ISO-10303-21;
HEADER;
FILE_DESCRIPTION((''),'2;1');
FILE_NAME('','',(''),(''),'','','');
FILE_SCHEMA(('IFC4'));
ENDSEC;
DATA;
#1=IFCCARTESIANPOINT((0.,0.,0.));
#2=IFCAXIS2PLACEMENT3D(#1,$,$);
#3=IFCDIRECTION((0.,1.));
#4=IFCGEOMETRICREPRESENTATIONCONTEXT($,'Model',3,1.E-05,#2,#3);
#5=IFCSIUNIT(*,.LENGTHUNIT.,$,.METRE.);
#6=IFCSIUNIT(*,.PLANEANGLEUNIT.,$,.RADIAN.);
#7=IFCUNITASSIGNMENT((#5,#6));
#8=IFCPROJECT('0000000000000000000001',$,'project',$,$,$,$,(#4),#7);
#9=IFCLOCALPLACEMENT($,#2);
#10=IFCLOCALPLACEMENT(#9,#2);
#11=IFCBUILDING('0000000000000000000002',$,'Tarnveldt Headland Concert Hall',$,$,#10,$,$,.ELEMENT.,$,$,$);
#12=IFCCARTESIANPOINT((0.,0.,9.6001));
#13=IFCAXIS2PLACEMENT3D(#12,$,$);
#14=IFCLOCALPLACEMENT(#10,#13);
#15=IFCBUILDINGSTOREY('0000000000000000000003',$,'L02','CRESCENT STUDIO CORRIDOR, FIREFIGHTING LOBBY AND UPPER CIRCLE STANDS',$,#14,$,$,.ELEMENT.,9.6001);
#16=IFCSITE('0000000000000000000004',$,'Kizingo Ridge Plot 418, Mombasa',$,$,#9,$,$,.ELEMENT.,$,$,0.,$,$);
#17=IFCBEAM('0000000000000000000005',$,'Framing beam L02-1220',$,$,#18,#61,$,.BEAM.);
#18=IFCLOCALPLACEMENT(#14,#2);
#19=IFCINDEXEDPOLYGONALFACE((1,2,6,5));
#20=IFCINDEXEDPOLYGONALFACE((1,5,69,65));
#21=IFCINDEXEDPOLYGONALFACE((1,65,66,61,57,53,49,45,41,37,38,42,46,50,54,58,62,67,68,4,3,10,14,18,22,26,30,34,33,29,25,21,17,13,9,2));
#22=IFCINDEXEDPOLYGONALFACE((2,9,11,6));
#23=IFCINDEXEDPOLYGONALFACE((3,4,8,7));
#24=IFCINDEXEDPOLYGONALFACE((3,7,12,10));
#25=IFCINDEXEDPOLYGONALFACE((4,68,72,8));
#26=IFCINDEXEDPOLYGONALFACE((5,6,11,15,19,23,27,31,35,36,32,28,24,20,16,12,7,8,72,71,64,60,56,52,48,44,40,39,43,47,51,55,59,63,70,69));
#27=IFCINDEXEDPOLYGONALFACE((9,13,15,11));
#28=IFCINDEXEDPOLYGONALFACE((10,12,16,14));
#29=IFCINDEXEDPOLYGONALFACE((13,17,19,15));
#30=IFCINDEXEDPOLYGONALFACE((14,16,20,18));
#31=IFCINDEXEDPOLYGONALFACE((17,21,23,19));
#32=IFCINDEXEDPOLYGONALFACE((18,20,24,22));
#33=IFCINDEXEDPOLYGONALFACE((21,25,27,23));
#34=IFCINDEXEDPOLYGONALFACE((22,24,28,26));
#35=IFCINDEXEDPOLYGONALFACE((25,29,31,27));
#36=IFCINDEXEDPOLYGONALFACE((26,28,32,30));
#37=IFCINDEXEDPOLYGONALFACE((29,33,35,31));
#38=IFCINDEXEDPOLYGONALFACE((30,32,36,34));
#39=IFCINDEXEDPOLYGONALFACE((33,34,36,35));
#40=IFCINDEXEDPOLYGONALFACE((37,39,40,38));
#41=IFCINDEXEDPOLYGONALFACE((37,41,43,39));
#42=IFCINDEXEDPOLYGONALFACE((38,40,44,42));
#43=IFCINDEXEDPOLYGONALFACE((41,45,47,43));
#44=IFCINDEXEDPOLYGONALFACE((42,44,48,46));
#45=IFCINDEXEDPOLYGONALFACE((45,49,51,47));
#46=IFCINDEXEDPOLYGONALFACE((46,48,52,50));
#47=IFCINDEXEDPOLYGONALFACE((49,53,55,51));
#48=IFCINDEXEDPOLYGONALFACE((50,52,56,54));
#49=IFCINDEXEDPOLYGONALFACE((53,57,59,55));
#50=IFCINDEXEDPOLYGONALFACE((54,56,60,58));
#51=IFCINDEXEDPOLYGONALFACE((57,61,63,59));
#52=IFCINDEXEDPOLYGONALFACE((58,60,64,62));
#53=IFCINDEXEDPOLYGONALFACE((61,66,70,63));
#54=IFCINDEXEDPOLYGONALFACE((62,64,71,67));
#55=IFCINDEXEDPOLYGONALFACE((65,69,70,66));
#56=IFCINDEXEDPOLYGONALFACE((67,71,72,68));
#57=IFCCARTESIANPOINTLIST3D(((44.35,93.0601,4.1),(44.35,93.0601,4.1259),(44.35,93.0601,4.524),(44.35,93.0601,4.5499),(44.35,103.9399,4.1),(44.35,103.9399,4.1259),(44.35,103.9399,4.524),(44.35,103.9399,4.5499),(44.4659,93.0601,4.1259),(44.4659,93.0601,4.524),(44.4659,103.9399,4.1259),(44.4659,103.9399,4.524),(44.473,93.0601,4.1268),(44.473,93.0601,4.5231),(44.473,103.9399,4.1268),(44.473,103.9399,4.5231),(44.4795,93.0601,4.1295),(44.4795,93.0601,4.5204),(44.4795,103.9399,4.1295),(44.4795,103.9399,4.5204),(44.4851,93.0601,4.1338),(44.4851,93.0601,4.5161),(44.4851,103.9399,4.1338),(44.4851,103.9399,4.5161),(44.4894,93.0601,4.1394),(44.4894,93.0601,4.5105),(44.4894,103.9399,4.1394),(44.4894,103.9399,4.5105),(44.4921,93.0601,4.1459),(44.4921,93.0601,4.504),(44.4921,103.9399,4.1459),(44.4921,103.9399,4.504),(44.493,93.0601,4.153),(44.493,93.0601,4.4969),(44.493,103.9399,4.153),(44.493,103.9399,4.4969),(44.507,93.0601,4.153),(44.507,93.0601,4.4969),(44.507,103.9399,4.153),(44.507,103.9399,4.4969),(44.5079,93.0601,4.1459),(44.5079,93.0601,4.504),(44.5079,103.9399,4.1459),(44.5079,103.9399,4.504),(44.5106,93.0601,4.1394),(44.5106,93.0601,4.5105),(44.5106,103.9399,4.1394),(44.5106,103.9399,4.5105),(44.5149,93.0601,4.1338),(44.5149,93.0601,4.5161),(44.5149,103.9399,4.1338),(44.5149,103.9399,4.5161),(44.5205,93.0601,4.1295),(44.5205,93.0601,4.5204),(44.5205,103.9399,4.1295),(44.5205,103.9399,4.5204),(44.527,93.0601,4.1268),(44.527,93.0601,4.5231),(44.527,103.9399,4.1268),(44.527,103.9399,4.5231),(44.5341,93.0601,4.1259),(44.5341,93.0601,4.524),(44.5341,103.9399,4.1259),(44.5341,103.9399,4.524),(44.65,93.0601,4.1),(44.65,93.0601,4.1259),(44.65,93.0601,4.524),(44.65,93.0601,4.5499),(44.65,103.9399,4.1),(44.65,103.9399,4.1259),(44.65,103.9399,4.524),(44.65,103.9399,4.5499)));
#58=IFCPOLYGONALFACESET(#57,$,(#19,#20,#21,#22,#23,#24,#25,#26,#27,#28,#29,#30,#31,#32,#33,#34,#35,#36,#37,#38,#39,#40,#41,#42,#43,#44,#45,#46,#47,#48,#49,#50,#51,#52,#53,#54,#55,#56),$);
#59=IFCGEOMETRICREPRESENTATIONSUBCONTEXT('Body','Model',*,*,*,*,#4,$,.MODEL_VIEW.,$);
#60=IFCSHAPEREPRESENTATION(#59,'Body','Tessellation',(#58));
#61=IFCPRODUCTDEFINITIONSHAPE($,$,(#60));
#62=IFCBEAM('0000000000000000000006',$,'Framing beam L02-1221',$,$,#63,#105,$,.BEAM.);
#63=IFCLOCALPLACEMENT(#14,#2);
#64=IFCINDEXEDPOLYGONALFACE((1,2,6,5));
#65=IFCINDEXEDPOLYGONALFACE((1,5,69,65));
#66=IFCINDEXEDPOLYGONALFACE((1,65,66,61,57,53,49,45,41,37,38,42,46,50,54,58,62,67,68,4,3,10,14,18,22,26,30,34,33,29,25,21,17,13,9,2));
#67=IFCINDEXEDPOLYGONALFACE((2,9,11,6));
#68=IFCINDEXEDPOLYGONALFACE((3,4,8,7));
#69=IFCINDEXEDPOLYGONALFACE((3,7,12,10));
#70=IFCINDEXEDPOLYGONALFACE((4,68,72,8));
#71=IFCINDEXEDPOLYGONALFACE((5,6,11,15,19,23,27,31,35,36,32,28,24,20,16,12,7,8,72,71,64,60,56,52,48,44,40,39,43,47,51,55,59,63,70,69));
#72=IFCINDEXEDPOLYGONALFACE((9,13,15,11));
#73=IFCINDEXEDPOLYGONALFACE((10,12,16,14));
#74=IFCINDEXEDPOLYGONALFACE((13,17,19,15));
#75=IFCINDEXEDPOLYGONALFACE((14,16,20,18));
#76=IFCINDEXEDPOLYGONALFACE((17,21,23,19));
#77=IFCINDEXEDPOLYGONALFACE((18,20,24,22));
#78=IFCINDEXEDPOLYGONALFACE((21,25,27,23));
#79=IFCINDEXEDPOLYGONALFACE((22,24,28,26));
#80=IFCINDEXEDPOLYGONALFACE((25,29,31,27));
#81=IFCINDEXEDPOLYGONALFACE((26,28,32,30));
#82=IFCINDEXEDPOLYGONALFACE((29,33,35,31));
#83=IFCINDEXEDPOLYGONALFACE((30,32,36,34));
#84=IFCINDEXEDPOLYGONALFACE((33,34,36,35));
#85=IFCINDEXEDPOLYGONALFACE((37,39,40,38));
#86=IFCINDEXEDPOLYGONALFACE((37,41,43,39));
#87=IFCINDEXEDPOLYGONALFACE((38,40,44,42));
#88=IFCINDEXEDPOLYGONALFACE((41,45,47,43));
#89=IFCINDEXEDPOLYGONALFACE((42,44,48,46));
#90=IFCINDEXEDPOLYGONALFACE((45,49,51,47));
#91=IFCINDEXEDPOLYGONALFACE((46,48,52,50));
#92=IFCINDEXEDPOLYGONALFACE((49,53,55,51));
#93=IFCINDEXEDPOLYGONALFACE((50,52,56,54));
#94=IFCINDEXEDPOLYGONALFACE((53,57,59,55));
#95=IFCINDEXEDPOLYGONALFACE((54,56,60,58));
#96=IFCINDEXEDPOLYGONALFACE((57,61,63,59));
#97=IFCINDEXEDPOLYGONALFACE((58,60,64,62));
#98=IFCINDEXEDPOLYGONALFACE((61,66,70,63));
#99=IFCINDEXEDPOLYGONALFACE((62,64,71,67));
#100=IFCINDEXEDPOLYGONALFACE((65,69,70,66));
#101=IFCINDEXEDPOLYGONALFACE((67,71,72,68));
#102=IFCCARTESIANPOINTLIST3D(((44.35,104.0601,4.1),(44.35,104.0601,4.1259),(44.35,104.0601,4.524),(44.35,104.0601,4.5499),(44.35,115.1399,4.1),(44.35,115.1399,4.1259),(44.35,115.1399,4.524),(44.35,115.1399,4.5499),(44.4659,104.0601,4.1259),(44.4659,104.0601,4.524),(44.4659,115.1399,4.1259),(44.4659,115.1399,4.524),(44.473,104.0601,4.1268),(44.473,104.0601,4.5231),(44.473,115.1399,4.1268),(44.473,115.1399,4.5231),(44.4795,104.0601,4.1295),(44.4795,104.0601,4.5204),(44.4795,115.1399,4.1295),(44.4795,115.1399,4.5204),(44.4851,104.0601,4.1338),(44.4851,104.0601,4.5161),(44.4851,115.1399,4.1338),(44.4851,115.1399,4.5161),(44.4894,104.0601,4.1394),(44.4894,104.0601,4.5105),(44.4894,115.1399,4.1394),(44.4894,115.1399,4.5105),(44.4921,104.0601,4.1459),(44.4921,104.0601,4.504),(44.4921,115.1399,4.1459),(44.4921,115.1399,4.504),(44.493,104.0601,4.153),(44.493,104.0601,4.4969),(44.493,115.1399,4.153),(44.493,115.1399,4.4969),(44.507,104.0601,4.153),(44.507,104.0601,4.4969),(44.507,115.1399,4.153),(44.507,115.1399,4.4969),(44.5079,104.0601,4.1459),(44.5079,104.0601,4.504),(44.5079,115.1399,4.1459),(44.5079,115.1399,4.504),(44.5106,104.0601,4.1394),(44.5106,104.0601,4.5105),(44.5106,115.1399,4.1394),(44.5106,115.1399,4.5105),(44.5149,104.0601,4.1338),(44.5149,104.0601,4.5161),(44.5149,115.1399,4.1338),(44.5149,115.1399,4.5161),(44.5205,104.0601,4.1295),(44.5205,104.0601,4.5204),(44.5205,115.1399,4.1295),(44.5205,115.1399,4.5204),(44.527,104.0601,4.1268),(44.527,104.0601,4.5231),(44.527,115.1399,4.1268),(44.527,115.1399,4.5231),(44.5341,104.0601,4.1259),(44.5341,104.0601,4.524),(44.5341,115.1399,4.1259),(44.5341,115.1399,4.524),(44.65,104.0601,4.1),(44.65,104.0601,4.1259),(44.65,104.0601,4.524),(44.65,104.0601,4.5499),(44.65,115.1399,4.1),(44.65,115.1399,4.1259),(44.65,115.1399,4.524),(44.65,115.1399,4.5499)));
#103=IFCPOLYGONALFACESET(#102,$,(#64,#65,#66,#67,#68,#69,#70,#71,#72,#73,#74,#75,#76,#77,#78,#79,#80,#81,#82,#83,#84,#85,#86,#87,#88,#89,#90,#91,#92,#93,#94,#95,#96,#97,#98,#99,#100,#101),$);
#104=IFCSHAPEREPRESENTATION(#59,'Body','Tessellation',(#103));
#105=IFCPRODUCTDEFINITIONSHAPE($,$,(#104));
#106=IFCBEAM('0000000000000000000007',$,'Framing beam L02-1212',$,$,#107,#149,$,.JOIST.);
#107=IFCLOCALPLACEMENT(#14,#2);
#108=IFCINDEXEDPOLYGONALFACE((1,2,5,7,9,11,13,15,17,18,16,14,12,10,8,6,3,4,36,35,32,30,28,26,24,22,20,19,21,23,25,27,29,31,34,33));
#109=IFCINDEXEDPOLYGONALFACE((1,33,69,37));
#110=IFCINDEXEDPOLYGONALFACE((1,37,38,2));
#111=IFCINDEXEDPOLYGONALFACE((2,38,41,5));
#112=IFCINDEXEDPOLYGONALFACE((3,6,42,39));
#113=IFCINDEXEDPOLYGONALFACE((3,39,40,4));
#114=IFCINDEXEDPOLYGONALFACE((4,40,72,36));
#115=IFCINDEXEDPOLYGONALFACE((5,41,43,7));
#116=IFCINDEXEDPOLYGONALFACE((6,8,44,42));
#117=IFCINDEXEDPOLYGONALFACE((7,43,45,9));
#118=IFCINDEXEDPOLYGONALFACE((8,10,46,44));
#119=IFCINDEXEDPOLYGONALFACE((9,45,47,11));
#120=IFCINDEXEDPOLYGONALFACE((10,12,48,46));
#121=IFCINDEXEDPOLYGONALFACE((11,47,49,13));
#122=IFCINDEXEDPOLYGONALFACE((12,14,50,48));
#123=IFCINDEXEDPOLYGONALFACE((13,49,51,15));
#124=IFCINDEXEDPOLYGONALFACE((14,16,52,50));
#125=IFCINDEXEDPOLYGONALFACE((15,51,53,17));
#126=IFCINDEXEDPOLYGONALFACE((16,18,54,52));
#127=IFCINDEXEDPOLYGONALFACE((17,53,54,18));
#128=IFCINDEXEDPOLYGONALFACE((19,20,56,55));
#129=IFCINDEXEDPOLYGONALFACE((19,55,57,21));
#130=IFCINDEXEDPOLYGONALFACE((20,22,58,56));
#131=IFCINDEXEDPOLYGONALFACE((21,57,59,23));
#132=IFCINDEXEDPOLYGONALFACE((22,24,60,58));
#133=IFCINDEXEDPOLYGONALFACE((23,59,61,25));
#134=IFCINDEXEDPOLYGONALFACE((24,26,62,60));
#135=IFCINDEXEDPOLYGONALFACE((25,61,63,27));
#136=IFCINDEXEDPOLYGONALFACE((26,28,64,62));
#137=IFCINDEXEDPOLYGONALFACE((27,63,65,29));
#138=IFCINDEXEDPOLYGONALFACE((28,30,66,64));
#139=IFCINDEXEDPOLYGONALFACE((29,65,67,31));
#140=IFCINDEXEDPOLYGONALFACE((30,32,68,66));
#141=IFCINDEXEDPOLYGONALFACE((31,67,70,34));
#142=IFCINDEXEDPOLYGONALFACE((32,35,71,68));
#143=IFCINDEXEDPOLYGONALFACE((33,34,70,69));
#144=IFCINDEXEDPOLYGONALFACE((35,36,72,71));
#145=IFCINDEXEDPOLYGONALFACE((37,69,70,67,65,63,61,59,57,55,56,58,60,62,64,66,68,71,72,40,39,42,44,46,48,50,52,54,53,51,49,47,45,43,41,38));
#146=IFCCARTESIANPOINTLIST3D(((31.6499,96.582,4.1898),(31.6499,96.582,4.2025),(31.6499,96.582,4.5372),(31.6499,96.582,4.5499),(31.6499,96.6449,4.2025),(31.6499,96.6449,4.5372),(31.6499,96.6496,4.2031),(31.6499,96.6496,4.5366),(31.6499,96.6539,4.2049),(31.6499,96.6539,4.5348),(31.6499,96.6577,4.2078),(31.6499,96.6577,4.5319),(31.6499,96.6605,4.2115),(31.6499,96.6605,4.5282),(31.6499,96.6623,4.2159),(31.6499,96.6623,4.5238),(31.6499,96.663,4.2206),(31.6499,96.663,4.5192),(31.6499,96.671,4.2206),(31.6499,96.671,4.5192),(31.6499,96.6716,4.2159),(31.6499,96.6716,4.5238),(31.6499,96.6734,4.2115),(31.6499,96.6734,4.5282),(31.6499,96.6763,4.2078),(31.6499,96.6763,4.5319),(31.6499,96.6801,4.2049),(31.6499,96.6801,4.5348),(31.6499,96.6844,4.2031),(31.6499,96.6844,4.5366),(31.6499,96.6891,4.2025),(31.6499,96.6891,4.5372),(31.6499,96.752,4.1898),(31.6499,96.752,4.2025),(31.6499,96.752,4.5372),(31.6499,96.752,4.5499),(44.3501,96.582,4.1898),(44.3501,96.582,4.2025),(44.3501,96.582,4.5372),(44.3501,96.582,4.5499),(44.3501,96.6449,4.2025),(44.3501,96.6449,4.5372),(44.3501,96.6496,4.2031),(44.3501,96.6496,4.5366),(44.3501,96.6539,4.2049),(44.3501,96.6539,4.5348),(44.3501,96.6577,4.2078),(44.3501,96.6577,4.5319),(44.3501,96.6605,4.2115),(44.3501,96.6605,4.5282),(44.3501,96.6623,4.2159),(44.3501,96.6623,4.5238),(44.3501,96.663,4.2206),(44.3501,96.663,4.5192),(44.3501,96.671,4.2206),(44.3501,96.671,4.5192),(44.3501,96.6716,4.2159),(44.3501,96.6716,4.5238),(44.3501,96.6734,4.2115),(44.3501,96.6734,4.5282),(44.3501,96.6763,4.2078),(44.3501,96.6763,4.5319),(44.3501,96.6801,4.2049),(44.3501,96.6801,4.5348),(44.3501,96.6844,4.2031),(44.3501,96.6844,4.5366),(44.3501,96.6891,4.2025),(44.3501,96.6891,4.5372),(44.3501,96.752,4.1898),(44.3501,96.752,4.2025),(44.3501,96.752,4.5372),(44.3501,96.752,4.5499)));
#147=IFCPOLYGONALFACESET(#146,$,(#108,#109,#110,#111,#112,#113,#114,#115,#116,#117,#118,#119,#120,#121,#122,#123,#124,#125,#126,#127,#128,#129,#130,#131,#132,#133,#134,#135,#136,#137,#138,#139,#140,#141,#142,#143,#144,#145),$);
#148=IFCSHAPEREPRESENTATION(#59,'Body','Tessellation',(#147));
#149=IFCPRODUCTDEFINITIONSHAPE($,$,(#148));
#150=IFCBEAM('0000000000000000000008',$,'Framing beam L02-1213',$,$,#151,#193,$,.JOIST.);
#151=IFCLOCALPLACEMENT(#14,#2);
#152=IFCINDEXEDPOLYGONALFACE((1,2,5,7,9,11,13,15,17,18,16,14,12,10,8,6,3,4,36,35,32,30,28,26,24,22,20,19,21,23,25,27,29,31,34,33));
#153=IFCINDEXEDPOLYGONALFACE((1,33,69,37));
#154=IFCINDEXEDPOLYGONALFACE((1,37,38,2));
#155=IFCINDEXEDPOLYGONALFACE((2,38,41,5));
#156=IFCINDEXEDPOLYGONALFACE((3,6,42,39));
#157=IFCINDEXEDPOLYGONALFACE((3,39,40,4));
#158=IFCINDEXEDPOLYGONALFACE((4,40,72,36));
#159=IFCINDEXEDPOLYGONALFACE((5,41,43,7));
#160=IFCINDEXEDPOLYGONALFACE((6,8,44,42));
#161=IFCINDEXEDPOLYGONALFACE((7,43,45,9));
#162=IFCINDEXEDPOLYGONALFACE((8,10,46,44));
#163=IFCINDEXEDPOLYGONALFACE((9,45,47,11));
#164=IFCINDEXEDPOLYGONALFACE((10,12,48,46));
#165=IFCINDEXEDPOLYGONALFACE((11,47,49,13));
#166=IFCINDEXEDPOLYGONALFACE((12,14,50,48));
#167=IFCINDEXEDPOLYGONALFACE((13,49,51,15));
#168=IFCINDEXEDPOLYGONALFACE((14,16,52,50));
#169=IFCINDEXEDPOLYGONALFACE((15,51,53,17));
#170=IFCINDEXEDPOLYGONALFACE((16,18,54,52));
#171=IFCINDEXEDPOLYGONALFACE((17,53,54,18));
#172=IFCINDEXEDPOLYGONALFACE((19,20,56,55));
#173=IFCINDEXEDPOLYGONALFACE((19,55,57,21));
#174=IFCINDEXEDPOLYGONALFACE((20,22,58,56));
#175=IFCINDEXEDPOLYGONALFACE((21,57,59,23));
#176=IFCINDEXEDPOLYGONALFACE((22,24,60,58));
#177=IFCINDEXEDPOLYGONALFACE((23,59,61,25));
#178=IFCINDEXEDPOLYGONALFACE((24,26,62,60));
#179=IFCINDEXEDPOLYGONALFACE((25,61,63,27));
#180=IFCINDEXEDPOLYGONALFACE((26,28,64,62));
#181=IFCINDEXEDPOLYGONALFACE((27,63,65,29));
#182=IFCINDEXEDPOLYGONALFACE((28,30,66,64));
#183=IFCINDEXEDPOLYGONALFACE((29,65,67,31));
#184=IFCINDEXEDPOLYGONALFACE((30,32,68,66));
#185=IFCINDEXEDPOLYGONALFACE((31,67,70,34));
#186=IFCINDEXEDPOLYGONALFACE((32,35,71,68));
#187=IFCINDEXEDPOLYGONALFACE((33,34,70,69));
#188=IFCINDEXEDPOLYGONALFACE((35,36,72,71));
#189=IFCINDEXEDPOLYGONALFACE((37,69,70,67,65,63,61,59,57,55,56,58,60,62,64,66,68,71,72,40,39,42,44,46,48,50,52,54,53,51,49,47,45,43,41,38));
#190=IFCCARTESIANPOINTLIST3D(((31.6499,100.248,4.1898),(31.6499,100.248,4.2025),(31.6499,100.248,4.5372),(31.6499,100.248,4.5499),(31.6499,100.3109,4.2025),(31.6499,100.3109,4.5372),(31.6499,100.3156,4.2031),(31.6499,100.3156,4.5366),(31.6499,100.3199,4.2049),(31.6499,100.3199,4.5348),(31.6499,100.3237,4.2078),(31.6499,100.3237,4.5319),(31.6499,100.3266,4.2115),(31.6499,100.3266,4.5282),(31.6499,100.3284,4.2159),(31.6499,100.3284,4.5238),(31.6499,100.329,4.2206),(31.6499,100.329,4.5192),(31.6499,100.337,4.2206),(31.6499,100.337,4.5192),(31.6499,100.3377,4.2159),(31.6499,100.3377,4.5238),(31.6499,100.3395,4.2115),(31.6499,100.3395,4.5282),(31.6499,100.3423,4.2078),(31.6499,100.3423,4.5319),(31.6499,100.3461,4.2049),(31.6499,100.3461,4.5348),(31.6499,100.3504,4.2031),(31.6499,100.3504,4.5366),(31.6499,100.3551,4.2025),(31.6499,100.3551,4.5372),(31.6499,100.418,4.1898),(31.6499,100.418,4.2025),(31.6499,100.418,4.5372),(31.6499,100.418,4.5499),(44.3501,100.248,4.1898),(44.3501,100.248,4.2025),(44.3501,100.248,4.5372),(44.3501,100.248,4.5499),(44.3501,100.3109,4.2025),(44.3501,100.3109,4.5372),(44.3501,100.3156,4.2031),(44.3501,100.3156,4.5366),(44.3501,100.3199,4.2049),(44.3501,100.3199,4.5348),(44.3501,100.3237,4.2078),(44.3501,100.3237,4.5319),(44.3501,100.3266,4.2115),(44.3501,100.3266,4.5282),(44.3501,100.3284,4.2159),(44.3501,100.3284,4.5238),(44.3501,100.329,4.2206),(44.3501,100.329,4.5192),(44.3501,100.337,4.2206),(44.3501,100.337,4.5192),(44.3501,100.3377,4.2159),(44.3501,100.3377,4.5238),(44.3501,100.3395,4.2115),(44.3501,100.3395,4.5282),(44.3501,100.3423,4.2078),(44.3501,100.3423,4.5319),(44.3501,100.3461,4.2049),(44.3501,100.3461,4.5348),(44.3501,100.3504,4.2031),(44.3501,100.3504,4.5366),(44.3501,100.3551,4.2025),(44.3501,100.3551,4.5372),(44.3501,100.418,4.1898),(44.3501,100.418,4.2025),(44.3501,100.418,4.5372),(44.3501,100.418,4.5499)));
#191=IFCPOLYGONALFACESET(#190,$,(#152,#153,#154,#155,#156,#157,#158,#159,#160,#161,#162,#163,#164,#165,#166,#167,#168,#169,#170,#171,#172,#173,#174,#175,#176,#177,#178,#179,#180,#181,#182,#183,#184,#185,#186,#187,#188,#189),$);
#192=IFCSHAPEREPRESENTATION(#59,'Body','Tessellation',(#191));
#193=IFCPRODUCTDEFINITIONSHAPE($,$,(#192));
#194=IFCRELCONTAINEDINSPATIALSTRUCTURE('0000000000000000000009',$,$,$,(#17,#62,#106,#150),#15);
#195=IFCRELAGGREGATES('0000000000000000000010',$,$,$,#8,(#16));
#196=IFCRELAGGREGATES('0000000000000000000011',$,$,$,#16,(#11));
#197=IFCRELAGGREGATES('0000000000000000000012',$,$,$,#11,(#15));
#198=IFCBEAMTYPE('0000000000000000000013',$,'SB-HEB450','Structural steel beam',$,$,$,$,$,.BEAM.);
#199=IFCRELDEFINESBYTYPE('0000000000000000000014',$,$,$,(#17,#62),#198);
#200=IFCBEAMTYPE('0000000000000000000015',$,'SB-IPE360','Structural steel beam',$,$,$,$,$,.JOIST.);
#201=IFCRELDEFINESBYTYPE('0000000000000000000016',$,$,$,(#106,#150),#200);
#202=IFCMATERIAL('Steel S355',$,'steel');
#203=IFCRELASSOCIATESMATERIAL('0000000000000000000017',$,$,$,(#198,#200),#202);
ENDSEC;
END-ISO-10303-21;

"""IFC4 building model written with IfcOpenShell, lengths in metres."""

from ifc_helpers import new_model, si_unit, direction, frame, origin, origin_2d, place, context, subcontext, project, spatial, i_section, extrude, material, material_profile, profile_set, type_object, element, save


model = new_model("IFC4")

# Units and contexts
model_context = context("Model", 3, precision=1e-05, world=origin(), true_north=direction((0.0, 1.0)))
body_context = subcontext(model_context, "Body", "Model", "MODEL_VIEW")
ifc_project = project(units=[si_unit("LENGTHUNIT", "METRE"), si_unit("PLANEANGLEUNIT", "RADIAN")], contexts=[model_context])

# Site, building, storey
site_placement = place(None, origin())
site = spatial("IfcSite", under=ifc_project, at=site_placement, Name="Kizingo Ridge Plot 418, Mombasa", CompositionType="ELEMENT", RefElevation=0.0)
building_placement = place(site_placement, origin())
building = spatial("IfcBuilding", under=site, at=building_placement, Name="Tarnveldt Headland Concert Hall", CompositionType="ELEMENT")
storey_placement = place(building_placement, frame((0.0, 0.0, 9.6001)))
storey = spatial("IfcBuildingStorey", under=building, at=storey_placement, Name="L02", Description="CRESCENT STUDIO CORRIDOR, FIREFIGHTING LOBBY AND UPPER CIRCLE STANDS", CompositionType="ELEMENT", Elevation=9.6001)

# Shared definitions
ifc_material_1 = material(Name="Steel S355", Category="steel")

# Beams
ifc_material_profile_1 = material_profile(ifc_material_1, i_section(OverallWidth=0.3, OverallDepth=0.45, WebThickness=0.0139, FlangeThickness=0.0259, FilletRadius=0.0271, at=origin_2d()), Name="HEB450", Category="steel")
ifc_profile_set_1 = profile_set([ifc_material_profile_1], Name="Steel S355")
beam_type_1 = type_object("IfcBeamType", Name="SB-HEB450", Description="Structural steel beam", PredefinedType="BEAM", material=ifc_profile_set_1)
beam_1_placement = place(storey_placement, frame((44.5, 93.0601, 4.325), z_axis=(0.0, 1.0, 0.0), x_axis=(-1.0, 0.0, 0.0)))
element("IfcBeam", 1, at=beam_1_placement, inside=storey, type_object=beam_type_1, Name="Framing beam L02-1220", PredefinedType="BEAM", context=body_context, shape_type="SweptSolid", body=[
    extrude(i_section(OverallWidth=0.3, OverallDepth=0.45, WebThickness=0.0139, FlangeThickness=0.0259, FilletRadius=0.0271, at=origin_2d()), origin(), (0.0, 0.0, 1.0), 10.8799),
])
beam_2_placement = place(storey_placement, frame((44.5, 104.0601, 4.325), z_axis=(0.0, 1.0, 0.0), x_axis=(-1.0, 0.0, 0.0)))
element("IfcBeam", 2, at=beam_2_placement, inside=storey, type_object=beam_type_1, Name="Framing beam L02-1221", PredefinedType="BEAM", context=body_context, shape_type="SweptSolid", body=[
    extrude(i_section(OverallWidth=0.3, OverallDepth=0.45, WebThickness=0.0139, FlangeThickness=0.0259, FilletRadius=0.0271, at=origin_2d()), origin(), (0.0, 0.0, 1.0), 11.0798),
])
ifc_material_profile_2 = material_profile(ifc_material_1, i_section(OverallWidth=0.1699, OverallDepth=0.3601, WebThickness=0.0081, FlangeThickness=0.0127, FilletRadius=0.0181, at=origin_2d()), Name="IPE360", Category="steel")
ifc_profile_set_2 = profile_set([ifc_material_profile_2], Name="Steel S355")
beam_type_2 = type_object("IfcBeamType", Name="SB-IPE360", Description="Structural steel beam", PredefinedType="JOIST", material=ifc_profile_set_2)
for number, where, z_axis, x_axis, name in (
    (3, (31.6499, 96.667, 4.3699), (1.0, 0.0, 0.0), (0.0, 1.0, 0.0), "Framing beam L02-1212"),
    (4, (31.6499, 100.333, 4.3699), (1.0, 0.0, 0.0), (0.0, 1.0, 0.0), "Framing beam L02-1213"),
):
    element("IfcBeam", number, at=place(storey_placement, frame(where, z_axis=z_axis, x_axis=x_axis)), inside=storey, type_object=beam_type_2, Name=name, PredefinedType="JOIST", context=body_context, shape_type="SweptSolid", body=[
        extrude(i_section(OverallWidth=0.1699, OverallDepth=0.3601, WebThickness=0.0081, FlangeThickness=0.0127, FilletRadius=0.0181, at=origin_2d()), origin(), (0.0, 0.0, 1.0), 12.7002),
    ])

save(model, "model.ifc")
